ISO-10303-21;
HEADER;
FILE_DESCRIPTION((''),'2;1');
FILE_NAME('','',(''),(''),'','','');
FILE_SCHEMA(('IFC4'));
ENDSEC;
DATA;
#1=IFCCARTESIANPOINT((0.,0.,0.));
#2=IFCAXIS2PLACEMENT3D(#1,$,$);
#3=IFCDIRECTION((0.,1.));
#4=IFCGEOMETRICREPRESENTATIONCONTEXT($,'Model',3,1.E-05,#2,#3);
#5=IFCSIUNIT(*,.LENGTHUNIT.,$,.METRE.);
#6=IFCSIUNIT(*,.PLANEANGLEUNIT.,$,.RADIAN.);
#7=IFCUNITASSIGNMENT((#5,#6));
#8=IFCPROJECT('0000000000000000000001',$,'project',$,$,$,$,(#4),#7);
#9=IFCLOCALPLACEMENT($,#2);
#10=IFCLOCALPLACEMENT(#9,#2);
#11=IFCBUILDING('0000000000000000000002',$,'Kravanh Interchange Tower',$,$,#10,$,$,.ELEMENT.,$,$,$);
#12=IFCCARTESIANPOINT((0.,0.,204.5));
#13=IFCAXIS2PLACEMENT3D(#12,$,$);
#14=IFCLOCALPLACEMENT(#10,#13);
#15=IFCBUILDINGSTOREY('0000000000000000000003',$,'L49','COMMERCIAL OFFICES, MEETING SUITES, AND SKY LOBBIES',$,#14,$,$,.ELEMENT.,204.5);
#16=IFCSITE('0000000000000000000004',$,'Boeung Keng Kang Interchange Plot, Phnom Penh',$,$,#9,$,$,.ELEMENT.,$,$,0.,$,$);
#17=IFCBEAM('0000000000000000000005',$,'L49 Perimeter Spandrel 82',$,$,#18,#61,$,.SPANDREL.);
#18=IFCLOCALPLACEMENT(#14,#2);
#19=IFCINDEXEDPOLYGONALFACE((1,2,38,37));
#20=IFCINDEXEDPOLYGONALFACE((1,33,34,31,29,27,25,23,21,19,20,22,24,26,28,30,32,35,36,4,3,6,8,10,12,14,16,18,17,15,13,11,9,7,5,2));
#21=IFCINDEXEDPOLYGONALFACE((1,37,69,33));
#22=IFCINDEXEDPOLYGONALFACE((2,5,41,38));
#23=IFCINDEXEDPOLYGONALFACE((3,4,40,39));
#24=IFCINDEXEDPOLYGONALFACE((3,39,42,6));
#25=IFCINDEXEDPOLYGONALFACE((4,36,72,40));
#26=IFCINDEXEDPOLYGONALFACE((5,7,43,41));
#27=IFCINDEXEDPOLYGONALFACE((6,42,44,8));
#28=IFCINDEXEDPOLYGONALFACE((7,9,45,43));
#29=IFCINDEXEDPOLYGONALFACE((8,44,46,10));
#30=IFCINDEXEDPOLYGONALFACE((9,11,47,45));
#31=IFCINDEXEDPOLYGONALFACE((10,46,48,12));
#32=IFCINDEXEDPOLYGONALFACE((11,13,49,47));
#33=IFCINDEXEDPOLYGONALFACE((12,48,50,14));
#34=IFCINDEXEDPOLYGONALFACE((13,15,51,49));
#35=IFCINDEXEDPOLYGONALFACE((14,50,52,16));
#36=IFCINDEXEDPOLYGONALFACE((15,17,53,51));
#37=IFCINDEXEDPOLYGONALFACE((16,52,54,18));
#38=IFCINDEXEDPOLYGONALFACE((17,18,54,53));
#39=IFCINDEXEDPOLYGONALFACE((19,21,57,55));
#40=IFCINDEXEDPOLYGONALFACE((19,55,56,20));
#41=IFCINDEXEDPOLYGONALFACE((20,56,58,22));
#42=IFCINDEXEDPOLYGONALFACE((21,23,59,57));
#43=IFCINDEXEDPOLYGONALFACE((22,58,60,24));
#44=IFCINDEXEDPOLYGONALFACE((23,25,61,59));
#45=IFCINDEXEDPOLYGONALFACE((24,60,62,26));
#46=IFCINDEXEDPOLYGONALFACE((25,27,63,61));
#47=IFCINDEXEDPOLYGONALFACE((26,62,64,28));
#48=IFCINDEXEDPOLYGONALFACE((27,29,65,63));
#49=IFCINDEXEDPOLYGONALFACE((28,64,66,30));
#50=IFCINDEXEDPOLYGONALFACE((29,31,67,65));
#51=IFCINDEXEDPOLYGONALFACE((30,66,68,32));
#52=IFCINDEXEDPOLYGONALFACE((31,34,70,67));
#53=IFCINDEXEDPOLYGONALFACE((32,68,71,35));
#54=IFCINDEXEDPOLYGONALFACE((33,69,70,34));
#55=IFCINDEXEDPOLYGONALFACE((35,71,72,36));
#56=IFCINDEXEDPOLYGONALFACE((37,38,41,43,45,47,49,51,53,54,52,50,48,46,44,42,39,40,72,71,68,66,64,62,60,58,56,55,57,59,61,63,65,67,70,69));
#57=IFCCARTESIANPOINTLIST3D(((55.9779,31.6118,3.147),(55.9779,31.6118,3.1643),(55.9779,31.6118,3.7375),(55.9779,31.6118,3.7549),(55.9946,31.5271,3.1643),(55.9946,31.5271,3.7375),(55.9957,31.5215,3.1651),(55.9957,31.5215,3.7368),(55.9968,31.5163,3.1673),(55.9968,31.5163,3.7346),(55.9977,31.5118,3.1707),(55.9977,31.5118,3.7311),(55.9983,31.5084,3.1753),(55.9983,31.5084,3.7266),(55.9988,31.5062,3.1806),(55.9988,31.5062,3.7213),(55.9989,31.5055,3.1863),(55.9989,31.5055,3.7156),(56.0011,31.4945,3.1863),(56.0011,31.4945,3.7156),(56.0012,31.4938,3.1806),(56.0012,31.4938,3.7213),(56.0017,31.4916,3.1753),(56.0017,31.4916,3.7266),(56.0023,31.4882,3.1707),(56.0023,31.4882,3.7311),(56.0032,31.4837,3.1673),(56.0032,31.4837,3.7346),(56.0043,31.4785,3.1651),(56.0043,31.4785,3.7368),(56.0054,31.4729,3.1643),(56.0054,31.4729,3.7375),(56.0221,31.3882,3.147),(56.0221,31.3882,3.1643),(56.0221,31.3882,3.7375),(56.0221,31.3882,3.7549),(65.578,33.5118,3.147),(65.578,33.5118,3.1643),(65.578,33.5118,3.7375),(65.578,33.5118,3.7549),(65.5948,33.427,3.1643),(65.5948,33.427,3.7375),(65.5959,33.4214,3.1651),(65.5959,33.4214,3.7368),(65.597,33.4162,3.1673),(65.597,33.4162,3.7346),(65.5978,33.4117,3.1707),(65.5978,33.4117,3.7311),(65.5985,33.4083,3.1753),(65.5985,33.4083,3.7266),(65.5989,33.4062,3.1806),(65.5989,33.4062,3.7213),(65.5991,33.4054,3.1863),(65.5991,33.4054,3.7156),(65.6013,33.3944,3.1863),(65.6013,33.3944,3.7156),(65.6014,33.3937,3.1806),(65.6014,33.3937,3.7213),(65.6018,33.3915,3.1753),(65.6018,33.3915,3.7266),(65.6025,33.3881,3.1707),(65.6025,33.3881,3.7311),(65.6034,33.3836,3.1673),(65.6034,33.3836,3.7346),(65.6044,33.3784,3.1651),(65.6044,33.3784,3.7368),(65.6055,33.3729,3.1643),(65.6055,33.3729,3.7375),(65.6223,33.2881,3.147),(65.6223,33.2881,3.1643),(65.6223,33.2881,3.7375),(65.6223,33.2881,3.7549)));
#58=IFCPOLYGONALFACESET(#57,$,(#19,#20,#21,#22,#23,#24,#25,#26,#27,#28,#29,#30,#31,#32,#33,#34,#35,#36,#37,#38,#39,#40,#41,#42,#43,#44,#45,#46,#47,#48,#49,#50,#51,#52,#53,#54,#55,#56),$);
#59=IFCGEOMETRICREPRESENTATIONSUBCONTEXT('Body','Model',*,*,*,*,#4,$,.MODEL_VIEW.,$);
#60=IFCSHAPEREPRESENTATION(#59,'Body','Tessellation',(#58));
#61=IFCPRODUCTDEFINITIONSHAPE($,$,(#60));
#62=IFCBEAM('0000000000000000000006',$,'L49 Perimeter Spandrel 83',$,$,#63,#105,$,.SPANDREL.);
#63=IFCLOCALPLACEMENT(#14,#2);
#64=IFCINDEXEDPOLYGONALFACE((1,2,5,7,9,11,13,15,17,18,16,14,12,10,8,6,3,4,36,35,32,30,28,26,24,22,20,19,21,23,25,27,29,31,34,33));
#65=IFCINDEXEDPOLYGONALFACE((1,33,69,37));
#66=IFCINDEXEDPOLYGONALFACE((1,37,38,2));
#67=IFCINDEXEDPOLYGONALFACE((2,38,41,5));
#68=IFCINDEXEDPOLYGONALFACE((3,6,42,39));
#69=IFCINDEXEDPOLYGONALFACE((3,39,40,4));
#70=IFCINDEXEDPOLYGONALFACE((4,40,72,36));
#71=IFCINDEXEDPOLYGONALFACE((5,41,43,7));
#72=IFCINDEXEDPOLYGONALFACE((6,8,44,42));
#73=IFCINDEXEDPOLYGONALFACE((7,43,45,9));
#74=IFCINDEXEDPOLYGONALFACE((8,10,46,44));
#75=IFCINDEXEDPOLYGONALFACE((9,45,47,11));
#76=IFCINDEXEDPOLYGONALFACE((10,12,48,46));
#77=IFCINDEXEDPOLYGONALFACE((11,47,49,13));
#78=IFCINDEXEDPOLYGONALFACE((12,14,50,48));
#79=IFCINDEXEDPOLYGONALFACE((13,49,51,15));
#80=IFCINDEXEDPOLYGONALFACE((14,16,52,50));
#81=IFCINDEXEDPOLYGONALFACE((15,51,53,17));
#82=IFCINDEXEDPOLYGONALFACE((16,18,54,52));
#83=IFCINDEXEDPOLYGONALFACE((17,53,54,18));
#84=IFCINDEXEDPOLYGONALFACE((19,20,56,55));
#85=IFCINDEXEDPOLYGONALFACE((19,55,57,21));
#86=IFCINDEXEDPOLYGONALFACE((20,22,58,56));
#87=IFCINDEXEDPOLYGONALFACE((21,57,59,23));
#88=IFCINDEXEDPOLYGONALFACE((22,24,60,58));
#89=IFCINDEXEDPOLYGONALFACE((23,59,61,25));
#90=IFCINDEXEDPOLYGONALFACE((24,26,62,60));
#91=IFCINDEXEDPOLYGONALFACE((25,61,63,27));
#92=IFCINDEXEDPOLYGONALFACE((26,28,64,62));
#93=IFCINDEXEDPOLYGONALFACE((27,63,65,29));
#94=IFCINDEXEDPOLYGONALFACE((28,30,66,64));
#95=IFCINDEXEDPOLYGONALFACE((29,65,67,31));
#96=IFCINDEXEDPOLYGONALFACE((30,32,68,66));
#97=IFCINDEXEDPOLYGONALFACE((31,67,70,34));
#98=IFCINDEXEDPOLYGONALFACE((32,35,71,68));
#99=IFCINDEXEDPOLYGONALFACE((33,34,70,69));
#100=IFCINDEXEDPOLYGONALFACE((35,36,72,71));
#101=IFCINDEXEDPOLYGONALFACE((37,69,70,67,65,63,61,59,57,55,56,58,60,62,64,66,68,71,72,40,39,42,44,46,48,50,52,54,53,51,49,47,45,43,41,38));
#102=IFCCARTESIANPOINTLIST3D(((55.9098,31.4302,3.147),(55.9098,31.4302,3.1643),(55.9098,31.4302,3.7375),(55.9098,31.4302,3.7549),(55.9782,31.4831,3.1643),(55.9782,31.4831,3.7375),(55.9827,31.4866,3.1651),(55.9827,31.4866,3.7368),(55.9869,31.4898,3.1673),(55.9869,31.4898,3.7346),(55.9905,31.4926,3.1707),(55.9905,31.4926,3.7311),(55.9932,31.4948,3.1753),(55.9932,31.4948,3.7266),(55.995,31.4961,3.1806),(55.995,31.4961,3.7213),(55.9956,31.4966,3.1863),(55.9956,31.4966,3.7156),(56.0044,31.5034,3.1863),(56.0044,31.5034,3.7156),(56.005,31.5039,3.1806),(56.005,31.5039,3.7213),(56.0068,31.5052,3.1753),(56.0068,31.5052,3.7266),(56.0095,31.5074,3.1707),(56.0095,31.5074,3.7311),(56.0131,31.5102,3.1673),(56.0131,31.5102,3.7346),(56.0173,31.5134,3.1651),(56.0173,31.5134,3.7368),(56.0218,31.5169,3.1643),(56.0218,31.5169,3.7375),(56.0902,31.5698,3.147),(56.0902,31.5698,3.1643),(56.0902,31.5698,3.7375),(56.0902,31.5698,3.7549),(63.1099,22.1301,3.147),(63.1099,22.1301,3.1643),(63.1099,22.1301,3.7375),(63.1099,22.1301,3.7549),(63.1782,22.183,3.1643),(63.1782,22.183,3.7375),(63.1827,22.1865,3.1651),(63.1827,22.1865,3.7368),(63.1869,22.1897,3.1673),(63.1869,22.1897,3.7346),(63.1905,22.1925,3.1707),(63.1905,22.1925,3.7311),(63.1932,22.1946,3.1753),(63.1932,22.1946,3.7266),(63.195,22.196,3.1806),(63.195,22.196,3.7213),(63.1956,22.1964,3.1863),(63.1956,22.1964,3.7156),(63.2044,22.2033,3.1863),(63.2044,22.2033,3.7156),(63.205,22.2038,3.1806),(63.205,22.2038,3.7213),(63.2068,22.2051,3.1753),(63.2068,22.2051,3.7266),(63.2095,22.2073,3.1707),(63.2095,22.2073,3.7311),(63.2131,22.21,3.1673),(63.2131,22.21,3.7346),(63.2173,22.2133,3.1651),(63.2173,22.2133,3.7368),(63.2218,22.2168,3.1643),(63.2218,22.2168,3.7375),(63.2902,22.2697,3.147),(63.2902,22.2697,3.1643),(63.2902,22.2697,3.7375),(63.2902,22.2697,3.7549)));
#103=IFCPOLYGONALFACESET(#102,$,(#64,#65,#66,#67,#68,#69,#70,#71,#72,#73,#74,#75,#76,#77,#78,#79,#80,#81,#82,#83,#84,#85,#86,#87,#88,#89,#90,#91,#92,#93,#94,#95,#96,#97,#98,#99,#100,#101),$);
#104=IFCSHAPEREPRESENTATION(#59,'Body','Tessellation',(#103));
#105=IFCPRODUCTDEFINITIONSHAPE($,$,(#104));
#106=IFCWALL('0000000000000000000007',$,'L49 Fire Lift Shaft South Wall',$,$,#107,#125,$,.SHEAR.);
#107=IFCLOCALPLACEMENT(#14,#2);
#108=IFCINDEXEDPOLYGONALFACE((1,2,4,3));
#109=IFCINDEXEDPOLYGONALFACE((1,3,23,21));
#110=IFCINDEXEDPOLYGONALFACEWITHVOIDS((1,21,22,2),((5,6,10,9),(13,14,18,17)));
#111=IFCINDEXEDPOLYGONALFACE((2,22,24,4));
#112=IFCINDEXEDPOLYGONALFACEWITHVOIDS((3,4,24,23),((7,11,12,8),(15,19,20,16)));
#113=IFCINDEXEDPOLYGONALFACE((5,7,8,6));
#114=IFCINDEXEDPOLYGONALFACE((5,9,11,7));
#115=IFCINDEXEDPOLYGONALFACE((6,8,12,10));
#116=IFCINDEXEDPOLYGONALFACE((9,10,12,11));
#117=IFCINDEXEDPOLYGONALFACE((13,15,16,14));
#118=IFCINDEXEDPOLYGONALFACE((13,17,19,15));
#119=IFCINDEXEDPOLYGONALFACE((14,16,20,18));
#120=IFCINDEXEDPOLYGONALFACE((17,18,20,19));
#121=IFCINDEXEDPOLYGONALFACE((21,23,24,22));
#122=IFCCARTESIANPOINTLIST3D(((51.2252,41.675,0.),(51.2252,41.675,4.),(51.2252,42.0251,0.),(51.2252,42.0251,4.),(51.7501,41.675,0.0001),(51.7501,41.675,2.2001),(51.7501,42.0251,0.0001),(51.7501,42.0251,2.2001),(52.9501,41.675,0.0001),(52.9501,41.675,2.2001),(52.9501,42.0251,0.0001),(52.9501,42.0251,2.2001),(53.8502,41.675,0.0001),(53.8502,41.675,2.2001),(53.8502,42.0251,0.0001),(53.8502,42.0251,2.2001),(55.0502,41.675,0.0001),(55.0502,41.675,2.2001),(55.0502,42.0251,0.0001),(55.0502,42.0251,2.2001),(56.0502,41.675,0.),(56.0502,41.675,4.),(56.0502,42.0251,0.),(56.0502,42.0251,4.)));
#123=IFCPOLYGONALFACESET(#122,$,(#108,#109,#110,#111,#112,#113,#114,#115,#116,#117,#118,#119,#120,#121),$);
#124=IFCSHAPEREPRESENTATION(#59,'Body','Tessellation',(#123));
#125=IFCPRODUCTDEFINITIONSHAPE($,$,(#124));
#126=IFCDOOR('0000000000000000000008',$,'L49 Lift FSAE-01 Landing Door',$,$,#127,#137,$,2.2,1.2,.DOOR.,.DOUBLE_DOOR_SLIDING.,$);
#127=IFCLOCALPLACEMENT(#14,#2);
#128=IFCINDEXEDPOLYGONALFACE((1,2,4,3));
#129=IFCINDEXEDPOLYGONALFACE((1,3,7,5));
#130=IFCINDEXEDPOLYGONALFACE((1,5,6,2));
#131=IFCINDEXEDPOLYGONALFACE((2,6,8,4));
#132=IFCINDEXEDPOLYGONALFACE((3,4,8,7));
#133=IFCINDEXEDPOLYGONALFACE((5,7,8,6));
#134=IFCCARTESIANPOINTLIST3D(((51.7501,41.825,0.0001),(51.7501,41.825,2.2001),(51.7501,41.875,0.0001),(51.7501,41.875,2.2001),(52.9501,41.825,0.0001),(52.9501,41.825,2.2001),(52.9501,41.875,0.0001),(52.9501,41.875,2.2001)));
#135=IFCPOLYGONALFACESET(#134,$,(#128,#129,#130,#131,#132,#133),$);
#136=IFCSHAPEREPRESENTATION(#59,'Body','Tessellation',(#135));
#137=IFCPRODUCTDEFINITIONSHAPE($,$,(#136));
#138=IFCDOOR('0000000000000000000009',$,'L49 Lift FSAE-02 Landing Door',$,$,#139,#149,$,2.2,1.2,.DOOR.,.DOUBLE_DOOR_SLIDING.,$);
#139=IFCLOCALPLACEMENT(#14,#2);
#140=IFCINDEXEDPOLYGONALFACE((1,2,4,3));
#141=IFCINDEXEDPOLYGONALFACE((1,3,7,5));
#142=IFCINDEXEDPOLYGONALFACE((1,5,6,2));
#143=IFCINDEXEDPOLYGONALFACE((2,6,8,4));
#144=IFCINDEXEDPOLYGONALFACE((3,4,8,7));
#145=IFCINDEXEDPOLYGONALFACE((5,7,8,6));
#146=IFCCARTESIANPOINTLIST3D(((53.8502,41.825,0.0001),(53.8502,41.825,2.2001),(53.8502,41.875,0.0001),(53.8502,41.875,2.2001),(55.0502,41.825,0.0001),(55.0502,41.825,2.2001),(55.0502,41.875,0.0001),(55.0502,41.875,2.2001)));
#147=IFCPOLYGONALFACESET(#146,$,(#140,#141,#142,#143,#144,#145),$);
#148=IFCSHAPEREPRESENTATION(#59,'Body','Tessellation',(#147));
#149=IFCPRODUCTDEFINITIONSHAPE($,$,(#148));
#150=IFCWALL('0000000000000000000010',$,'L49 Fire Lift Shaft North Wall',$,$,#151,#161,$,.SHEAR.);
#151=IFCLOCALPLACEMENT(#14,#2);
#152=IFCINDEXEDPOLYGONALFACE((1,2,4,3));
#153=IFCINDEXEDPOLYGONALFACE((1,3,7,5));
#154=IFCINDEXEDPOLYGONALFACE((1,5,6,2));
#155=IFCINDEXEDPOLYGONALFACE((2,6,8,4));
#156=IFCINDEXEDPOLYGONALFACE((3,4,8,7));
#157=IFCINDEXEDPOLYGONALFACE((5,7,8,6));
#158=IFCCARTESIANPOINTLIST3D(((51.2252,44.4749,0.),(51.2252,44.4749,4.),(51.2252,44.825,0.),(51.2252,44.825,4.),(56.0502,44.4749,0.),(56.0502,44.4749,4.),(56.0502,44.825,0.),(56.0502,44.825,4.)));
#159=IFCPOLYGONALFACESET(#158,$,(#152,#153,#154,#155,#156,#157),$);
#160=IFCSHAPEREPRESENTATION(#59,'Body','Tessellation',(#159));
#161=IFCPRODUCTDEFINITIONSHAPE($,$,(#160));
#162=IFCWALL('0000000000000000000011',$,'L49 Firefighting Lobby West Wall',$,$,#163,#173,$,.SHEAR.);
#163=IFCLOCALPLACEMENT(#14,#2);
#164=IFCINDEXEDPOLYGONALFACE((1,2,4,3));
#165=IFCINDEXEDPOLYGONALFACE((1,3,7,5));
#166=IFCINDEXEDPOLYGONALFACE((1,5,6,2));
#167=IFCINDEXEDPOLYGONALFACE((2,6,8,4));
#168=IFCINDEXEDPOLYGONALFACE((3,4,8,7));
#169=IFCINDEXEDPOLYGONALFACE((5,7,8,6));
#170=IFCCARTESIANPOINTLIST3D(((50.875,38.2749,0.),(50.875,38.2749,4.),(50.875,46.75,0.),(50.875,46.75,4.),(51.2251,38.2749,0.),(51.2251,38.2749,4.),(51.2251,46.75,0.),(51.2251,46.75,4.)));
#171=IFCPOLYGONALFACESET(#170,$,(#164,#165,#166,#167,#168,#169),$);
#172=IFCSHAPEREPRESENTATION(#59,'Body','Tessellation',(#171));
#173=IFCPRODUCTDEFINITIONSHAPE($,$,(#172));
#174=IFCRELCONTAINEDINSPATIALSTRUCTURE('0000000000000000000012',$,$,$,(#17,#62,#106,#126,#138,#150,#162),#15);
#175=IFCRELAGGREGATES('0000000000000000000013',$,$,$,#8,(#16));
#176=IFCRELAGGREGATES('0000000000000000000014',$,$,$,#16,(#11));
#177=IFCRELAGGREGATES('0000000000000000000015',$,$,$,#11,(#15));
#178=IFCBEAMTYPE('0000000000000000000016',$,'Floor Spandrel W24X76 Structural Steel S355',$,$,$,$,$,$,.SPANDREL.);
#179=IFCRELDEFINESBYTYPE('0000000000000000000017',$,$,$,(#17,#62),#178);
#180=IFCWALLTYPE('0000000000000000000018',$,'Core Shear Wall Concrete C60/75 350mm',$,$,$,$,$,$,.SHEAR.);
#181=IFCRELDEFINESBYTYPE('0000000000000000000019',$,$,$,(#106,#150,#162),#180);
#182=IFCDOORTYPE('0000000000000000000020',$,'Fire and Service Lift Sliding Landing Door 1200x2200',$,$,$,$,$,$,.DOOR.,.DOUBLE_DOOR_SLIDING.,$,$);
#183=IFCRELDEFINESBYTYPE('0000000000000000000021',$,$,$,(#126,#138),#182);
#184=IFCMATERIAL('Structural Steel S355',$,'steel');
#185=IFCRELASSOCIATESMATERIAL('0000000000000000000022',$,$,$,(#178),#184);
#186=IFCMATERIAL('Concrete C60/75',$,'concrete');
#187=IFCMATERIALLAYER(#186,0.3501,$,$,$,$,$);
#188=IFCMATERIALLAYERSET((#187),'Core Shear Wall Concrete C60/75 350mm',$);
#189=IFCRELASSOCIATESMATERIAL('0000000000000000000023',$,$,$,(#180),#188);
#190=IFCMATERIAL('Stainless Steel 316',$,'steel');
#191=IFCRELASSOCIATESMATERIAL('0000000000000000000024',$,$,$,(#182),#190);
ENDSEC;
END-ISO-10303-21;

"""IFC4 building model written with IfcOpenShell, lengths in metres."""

from ifc_helpers import new_model, si_unit, direction, frame, frame_2d, origin, origin_2d, place, context, subcontext, project, spatial, rectangle, i_section, extrude, material, layer, layer_set, material_profile, profile_set, type_object, element, fill, save


model = new_model("IFC4")

# Units and contexts
model_context = context("Model", 3, precision=1e-05, world=origin(), true_north=direction((0.0, 1.0)))
body_context = subcontext(model_context, "Body", "Model", "MODEL_VIEW")
ifc_project = project(units=[si_unit("LENGTHUNIT", "METRE"), si_unit("PLANEANGLEUNIT", "RADIAN")], contexts=[model_context])

# Site, building, storey
site_placement = place(None, origin())
site = spatial("IfcSite", under=ifc_project, at=site_placement, Name="Boeung Keng Kang Interchange Plot, Phnom Penh", CompositionType="ELEMENT", RefElevation=0.0)
building_placement = place(site_placement, origin())
building = spatial("IfcBuilding", under=site, at=building_placement, Name="Kravanh Interchange Tower", CompositionType="ELEMENT")
storey_placement = place(building_placement, frame((0.0, 0.0, 204.5)))
storey = spatial("IfcBuildingStorey", under=building, at=storey_placement, Name="L49", Description="COMMERCIAL OFFICES, MEETING SUITES, AND SKY LOBBIES", CompositionType="ELEMENT", Elevation=204.5)

# Beams
ifc_material_1 = material(Name="Structural Steel S355", Category="steel")
ifc_material_profile_1 = material_profile(ifc_material_1, i_section(OverallWidth=0.228, OverallDepth=0.6079, WebThickness=0.0112, FlangeThickness=0.0173, FilletRadius=0.022, at=origin_2d()), Name="W24X76")
ifc_profile_set_1 = profile_set([ifc_material_profile_1], Name="Structural Steel S355")
beam_type_1 = type_object("IfcBeamType", Name="Floor Spandrel W24X76 Structural Steel S355", PredefinedType="SPANDREL", material=ifc_profile_set_1)
beam_1_placement = place(storey_placement, frame((56.0, 31.5, 3.4509), z_axis=(0.980974, 0.194139, 0.0), x_axis=(-0.194139, 0.980974, 0.0)))
element("IfcBeam", 1, at=beam_1_placement, inside=storey, type_object=beam_type_1, Name="L49 Perimeter Spandrel 82", PredefinedType="SPANDREL", context=body_context, shape_type="SweptSolid", body=[
    extrude(i_section(OverallWidth=0.228, OverallDepth=0.6079, WebThickness=0.0112, FlangeThickness=0.0173, FilletRadius=0.022, at=origin_2d()), origin(), (0.0, 0.0, 1.0), 9.7864),
])
beam_2_placement = place(storey_placement, frame((56.0, 31.5, 3.4509), z_axis=(0.612169, -0.790727, 0.0), x_axis=(0.790727, 0.612169, 0.0)))
element("IfcBeam", 2, at=beam_2_placement, inside=storey, type_object=beam_type_1, Name="L49 Perimeter Spandrel 83", PredefinedType="SPANDREL", context=body_context, shape_type="SweptSolid", body=[
    extrude(i_section(OverallWidth=0.228, OverallDepth=0.6079, WebThickness=0.0112, FlangeThickness=0.0173, FilletRadius=0.022, at=origin_2d()), origin(), (0.0, 0.0, 1.0), 11.7615),
])

# Wall, openings, doors
ifc_material_2 = material(Name="Concrete C60/75", Category="concrete")
ifc_layer_1 = layer(ifc_material_2, 0.3501)
ifc_layer_set_1 = layer_set([ifc_layer_1], Name="Core Shear Wall Concrete C60/75 350mm")
wall_type_1 = type_object("IfcWallType", Name="Core Shear Wall Concrete C60/75 350mm", PredefinedType="SHEAR", material=ifc_layer_set_1)
wall_1_placement = place(storey_placement, frame((51.2251, 41.8501, 0.0), z_axis=(0.0, 0.0, 1.0), x_axis=(1.0, 0.0, 0.0)))
wall_1 = element("IfcWall", 3, at=wall_1_placement, inside=storey, type_object=wall_type_1, Name="L49 Fire Lift Shaft South Wall", PredefinedType="SHEAR", context=body_context, shape_type="SweptSolid", body=[
    extrude(rectangle(XDim=4.825, YDim=0.3501, at=frame_2d((2.4126, 0.0))), origin(), (0.0, 0.0, 1.0), 4.0),
])
opening_1_placement = place(wall_1_placement, frame((0.5249, 0.0, 0.0)))
opening_1 = element("IfcOpeningElement", 4, at=opening_1_placement, cuts=wall_1, PredefinedType="OPENING", context=body_context, shape_type="SweptSolid", body=[
    extrude(rectangle(XDim=1.2, YDim=2.2, at=frame_2d((0.6001, 1.1001))), frame((0.0, 0.1851, 0.0), z_axis=(0.0, -1.0, 0.0), x_axis=(1.0, 0.0, 0.0)), (0.0, 0.0, 1.0), 0.3701),
])
opening_2_placement = place(wall_1_placement, frame((2.625, 0.0, 0.0)))
opening_2 = element("IfcOpeningElement", 5, at=opening_2_placement, cuts=wall_1, PredefinedType="OPENING", context=body_context, shape_type="SweptSolid", body=[
    extrude(rectangle(XDim=1.2, YDim=2.2, at=frame_2d((0.6001, 1.1001))), frame((0.0, 0.1851, 0.0), z_axis=(0.0, -1.0, 0.0), x_axis=(1.0, 0.0, 0.0)), (0.0, 0.0, 1.0), 0.3701),
])
ifc_material_3 = material(Name="Stainless Steel 316", Category="steel")
door_type_1 = type_object("IfcDoorType", Name="Fire and Service Lift Sliding Landing Door 1200x2200", OperationType="DOUBLE_DOOR_SLIDING", PredefinedType="DOOR", material=ifc_material_3)
door_1_placement = place(opening_1_placement, origin())
door_1 = element("IfcDoor", 6, at=door_1_placement, inside=storey, type_object=door_type_1, Name="L49 Lift FSAE-01 Landing Door", OperationType="DOUBLE_DOOR_SLIDING", OverallHeight=2.2, OverallWidth=1.2, PredefinedType="DOOR", context=body_context, shape_type="SweptSolid", body=[
    extrude(rectangle(XDim=1.2, YDim=2.2, at=frame_2d((0.6001, 1.1001))), frame((0.0, 0.0249, 0.0), z_axis=(0.0, -1.0, 0.0), x_axis=(1.0, 0.0, 0.0)), (0.0, 0.0, 1.0), 0.05),
])
fill(opening_1, door_1)
door_2_placement = place(opening_2_placement, origin())
door_2 = element("IfcDoor", 7, at=door_2_placement, inside=storey, type_object=door_type_1, Name="L49 Lift FSAE-02 Landing Door", OperationType="DOUBLE_DOOR_SLIDING", OverallHeight=2.2, OverallWidth=1.2, PredefinedType="DOOR", context=body_context, shape_type="SweptSolid", body=[
    extrude(rectangle(XDim=1.2, YDim=2.2, at=frame_2d((0.6001, 1.1001))), frame((0.0, 0.0249, 0.0), z_axis=(0.0, -1.0, 0.0), x_axis=(1.0, 0.0, 0.0)), (0.0, 0.0, 1.0), 0.05),
])
fill(opening_2, door_2)

# Walls
wall_2_placement = place(storey_placement, frame((51.2251, 44.6499, 0.0), z_axis=(0.0, 0.0, 1.0), x_axis=(1.0, 0.0, 0.0)))
element("IfcWall", 8, at=wall_2_placement, inside=storey, type_object=wall_type_1, Name="L49 Fire Lift Shaft North Wall", PredefinedType="SHEAR", context=body_context, shape_type="SweptSolid", body=[
    extrude(rectangle(XDim=4.825, YDim=0.3501, at=frame_2d((2.4126, 0.0))), origin(), (0.0, 0.0, 1.0), 4.0),
])
wall_3_placement = place(storey_placement, frame((51.05, 38.2749, 0.0), z_axis=(0.0, 0.0, 1.0), x_axis=(0.0, 1.0, 0.0)))
element("IfcWall", 9, at=wall_3_placement, inside=storey, type_object=wall_type_1, Name="L49 Firefighting Lobby West Wall", PredefinedType="SHEAR", context=body_context, shape_type="SweptSolid", body=[
    extrude(rectangle(XDim=8.4751, YDim=0.3501, at=frame_2d((4.2375, 0.0))), origin(), (0.0, 0.0, 1.0), 4.0),
])

save(model, "model.ifc")
